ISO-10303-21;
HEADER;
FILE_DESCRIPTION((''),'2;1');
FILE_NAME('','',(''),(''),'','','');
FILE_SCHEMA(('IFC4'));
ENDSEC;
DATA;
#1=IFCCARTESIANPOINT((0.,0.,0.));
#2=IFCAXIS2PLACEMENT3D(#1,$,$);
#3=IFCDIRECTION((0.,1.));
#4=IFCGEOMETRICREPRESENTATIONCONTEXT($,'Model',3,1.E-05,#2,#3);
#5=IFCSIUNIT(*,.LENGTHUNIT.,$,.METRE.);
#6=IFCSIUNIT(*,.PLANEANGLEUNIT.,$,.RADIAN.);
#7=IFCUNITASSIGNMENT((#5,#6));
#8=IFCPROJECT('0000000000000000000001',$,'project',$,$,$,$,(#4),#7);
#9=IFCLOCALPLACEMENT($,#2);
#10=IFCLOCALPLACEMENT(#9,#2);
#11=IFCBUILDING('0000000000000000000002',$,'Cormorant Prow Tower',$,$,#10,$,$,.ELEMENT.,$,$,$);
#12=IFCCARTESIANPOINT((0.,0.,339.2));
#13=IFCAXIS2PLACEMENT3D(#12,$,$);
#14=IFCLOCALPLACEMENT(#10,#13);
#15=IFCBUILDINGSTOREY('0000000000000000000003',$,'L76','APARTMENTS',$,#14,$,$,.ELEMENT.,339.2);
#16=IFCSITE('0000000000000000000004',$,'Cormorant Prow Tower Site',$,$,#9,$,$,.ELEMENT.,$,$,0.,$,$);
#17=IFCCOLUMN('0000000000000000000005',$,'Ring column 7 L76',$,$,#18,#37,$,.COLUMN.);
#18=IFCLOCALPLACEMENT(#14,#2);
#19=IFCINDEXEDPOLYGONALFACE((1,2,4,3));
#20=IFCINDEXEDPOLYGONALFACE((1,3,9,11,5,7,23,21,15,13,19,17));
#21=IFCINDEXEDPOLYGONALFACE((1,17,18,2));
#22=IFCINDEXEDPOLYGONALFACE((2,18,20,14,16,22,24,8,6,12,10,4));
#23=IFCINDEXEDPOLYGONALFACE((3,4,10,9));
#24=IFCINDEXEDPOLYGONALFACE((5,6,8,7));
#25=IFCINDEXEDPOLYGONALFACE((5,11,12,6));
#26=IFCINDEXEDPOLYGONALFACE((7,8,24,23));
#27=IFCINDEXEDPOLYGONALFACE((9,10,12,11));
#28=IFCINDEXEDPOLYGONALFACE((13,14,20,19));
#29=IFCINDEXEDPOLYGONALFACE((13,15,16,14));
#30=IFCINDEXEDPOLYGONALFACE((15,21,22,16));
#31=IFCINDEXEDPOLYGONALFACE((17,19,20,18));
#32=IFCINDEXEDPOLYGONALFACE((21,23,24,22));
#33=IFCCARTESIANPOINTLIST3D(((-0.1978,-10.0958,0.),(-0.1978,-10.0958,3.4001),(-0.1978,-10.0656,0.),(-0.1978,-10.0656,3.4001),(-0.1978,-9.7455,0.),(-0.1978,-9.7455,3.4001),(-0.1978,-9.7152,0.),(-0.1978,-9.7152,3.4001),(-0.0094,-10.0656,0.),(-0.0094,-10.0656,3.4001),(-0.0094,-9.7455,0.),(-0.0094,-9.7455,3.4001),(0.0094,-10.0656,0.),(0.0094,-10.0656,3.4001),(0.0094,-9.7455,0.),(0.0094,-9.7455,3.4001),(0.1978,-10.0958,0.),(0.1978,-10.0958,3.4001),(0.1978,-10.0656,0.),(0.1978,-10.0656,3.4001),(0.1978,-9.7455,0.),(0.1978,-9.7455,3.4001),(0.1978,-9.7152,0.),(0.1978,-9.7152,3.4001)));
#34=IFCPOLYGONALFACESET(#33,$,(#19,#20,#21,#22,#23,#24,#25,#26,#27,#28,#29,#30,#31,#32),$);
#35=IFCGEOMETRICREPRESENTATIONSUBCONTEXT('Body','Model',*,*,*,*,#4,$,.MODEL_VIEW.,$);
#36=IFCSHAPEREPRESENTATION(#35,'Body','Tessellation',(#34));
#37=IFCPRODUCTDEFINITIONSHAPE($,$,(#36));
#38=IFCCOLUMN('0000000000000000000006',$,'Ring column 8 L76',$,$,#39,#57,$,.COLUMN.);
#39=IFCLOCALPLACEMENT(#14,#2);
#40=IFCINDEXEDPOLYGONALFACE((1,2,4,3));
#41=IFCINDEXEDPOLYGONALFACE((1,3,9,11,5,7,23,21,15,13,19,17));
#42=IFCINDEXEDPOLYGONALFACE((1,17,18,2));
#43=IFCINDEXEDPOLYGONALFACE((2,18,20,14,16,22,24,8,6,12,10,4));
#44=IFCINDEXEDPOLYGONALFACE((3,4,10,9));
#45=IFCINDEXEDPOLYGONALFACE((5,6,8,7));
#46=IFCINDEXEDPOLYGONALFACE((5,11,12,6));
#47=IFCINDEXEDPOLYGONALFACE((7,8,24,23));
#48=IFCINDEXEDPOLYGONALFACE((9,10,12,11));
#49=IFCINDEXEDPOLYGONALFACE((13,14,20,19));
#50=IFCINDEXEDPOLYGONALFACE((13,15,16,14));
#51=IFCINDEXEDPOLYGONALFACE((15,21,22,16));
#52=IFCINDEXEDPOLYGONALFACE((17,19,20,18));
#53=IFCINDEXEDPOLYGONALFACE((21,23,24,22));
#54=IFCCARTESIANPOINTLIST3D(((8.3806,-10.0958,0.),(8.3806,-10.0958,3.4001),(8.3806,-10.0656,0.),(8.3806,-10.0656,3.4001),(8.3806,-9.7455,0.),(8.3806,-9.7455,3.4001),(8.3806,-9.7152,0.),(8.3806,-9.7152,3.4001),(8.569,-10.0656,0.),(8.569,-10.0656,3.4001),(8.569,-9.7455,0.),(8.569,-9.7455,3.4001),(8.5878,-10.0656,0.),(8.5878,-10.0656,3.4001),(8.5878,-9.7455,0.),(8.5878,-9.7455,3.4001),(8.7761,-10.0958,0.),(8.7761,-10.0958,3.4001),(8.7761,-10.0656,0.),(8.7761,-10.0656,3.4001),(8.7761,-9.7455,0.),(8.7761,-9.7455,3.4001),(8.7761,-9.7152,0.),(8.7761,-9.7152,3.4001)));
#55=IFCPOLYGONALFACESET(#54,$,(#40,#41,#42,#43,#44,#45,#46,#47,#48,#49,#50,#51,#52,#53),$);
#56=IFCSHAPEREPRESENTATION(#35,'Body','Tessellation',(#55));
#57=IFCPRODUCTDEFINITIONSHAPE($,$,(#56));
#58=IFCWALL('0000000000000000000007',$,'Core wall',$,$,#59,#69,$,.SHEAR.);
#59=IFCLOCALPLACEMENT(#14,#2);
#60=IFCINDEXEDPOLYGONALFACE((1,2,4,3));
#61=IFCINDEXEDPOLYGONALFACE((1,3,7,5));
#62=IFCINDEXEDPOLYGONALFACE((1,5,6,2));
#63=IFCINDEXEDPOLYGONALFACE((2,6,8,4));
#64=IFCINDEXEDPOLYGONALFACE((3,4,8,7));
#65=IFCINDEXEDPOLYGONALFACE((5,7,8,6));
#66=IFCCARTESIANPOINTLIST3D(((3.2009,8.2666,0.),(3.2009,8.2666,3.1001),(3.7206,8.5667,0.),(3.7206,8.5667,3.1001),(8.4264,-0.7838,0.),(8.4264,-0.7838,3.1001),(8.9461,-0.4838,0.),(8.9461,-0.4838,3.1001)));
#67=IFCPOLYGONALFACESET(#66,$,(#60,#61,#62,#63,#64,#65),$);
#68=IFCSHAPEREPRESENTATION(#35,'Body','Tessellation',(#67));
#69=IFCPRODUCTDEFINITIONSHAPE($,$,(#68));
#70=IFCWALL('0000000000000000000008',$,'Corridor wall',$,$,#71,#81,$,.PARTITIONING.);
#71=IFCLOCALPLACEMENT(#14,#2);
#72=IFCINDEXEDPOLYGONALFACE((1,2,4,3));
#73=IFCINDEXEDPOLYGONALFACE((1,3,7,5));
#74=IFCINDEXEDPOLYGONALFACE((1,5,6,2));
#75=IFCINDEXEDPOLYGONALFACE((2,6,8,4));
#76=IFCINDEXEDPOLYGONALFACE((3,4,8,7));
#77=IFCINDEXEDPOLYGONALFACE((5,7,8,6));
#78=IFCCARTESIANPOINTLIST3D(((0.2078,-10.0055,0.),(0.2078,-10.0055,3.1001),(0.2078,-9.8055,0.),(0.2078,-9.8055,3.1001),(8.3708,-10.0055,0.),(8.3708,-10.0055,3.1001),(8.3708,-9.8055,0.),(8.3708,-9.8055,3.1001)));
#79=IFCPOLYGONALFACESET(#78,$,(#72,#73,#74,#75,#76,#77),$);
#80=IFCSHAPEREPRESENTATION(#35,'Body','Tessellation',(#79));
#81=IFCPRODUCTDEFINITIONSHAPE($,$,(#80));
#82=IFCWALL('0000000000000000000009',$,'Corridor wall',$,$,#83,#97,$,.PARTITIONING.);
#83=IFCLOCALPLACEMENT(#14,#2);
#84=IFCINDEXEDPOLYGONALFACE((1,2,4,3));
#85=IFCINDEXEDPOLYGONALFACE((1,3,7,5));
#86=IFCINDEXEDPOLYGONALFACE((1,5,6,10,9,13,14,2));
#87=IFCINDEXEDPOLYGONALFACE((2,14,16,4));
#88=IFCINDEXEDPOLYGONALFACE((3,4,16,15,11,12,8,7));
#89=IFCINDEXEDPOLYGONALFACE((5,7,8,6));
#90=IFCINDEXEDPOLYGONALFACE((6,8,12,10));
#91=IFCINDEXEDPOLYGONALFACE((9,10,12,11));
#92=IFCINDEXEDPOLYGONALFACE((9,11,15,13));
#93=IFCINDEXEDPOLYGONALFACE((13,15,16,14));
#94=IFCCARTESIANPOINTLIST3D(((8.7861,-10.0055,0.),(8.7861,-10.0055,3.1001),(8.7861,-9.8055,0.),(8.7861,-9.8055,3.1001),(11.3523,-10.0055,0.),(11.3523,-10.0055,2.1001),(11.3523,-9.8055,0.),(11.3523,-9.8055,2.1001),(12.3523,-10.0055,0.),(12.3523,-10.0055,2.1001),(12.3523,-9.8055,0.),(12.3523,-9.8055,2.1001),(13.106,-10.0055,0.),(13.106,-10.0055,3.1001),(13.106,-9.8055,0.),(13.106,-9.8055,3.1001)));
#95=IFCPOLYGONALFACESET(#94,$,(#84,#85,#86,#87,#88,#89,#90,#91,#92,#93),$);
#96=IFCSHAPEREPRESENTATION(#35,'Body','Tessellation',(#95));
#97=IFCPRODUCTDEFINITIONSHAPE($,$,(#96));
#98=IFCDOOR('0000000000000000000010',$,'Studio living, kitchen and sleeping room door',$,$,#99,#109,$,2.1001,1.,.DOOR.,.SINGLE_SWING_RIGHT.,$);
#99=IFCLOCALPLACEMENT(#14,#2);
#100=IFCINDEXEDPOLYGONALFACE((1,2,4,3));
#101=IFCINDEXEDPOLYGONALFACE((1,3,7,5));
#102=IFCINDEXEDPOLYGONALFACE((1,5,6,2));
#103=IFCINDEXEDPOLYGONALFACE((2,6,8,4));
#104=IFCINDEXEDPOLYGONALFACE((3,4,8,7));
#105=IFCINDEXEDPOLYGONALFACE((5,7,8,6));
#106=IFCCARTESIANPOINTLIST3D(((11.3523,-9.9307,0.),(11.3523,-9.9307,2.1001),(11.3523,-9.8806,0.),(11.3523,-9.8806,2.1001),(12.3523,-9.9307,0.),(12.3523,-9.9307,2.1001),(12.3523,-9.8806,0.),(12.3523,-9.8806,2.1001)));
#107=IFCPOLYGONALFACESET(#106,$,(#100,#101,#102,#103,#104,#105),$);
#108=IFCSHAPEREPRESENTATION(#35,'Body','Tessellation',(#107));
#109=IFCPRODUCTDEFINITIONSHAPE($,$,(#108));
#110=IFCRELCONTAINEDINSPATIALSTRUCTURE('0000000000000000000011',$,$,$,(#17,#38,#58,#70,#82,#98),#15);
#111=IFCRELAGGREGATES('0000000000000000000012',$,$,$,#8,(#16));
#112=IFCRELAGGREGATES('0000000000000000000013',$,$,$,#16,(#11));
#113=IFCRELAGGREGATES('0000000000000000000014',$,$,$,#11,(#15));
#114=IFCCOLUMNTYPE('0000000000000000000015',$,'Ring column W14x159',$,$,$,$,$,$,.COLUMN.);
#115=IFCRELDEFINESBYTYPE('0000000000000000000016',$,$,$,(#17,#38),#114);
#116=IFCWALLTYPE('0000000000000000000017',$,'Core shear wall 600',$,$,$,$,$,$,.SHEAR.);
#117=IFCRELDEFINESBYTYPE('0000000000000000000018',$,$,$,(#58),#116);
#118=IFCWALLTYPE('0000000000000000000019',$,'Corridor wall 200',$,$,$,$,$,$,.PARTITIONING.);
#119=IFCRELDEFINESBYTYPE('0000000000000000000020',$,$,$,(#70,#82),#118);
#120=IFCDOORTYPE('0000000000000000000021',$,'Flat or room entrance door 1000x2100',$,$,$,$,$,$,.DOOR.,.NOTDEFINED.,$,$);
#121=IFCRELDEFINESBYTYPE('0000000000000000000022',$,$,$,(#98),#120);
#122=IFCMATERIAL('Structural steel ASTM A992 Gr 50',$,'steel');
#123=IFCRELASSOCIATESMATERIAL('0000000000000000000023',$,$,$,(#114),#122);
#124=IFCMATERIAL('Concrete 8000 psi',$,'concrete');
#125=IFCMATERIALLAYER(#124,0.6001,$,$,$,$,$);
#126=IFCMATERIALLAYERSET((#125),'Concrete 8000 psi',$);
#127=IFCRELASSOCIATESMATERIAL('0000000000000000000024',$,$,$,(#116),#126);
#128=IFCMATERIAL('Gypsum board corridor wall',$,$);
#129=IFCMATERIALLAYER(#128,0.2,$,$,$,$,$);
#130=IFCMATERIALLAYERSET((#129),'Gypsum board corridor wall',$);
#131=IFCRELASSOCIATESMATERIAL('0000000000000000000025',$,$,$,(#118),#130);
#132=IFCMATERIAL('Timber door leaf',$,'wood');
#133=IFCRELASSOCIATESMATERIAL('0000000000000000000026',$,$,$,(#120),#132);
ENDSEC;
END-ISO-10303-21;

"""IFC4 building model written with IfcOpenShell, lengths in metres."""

from ifc_helpers import new_model, si_unit, direction, frame, frame_2d, origin, origin_2d, place, context, subcontext, project, spatial, rectangle, i_section, extrude, material, layer, layer_set, material_profile, profile_set, type_object, element, fill, save


model = new_model("IFC4")

# Units and contexts
model_context = context("Model", 3, precision=1e-05, world=origin(), true_north=direction((0.0, 1.0)))
body_context = subcontext(model_context, "Body", "Model", "MODEL_VIEW")
ifc_project = project(units=[si_unit("LENGTHUNIT", "METRE"), si_unit("PLANEANGLEUNIT", "RADIAN")], contexts=[model_context])

# Site, building, storey
site_placement = place(None, origin())
site = spatial("IfcSite", under=ifc_project, at=site_placement, Name="Cormorant Prow Tower Site", CompositionType="ELEMENT", RefElevation=0.0)
building_placement = place(site_placement, origin())
building = spatial("IfcBuilding", under=site, at=building_placement, Name="Cormorant Prow Tower", CompositionType="ELEMENT")
storey_placement = place(building_placement, frame((0.0, 0.0, 339.2)))
storey = spatial("IfcBuildingStorey", under=building, at=storey_placement, Name="L76", Description="APARTMENTS", CompositionType="ELEMENT", Elevation=339.2)

# Columns
ifc_material_1 = material(Name="Structural steel ASTM A992 Gr 50", Category="steel")
ifc_material_profile = material_profile(ifc_material_1, i_section(OverallWidth=0.3955, OverallDepth=0.3806, WebThickness=0.0188, FlangeThickness=0.0303, at=origin_2d()), Name="W14x159")
ifc_profile_set = profile_set([ifc_material_profile], Name="Structural steel ASTM A992 Gr 50")
column_type = type_object("IfcColumnType", Name="Ring column W14x159", PredefinedType="COLUMN", material=ifc_profile_set)
for number, where, z_axis, x_axis, name in (
    (1, (0.0, -9.9055, 0.0), (0.0, 0.0, 1.0), (1.0, 0.0, 0.0), "Ring column 7 L76"),
    (2, (8.5784, -9.9055, 0.0), (0.0, 0.0, 1.0), (1.0, 0.0, 0.0), "Ring column 8 L76"),
):
    element("IfcColumn", number, at=place(storey_placement, frame(where, z_axis=z_axis, x_axis=x_axis)), inside=storey, type_object=column_type, Name=name, PredefinedType="COLUMN", context=body_context, shape_type="SweptSolid", body=[
        extrude(i_section(OverallWidth=0.3955, OverallDepth=0.3806, WebThickness=0.0188, FlangeThickness=0.0303, at=origin_2d()), origin(), (0.0, 0.0, 1.0), 3.4001),
    ])

# Walls
ifc_material_2 = material(Name="Concrete 8000 psi", Category="concrete")
ifc_layer_1 = layer(ifc_material_2, 0.6001)
ifc_layer_set_1 = layer_set([ifc_layer_1], Name="Concrete 8000 psi")
wall_type_1 = type_object("IfcWallType", Name="Core shear wall 600", PredefinedType="SHEAR", material=ifc_layer_set_1)
wall_1_placement = place(storey_placement, frame((8.6863, -0.6338, 0.0), z_axis=(0.0, 0.0, 1.0), x_axis=(-0.500018, 0.866015, 0.0)))
element("IfcWall", 3, at=wall_1_placement, inside=storey, type_object=wall_type_1, Name="Core wall", PredefinedType="SHEAR", context=body_context, shape_type="SweptSolid", body=[
    extrude(rectangle(XDim=10.4507, YDim=0.6001, at=frame_2d((5.2253, 0.0))), origin(), (0.0, 0.0, 1.0), 3.1001),
])
ifc_material_3 = material(Name="Gypsum board corridor wall")
ifc_layer_2 = layer(ifc_material_3, 0.2)
ifc_layer_set_2 = layer_set([ifc_layer_2], Name="Gypsum board corridor wall")
wall_type_2 = type_object("IfcWallType", Name="Corridor wall 200", PredefinedType="PARTITIONING", material=ifc_layer_set_2)
wall_2_placement = place(storey_placement, frame((0.2078, -9.9055, 0.0), z_axis=(0.0, 0.0, 1.0), x_axis=(1.0, 0.0, 0.0)))
element("IfcWall", 4, at=wall_2_placement, inside=storey, type_object=wall_type_2, Name="Corridor wall", PredefinedType="PARTITIONING", context=body_context, shape_type="SweptSolid", body=[
    extrude(rectangle(XDim=8.1631, YDim=0.2, at=frame_2d((4.0815, 0.0))), origin(), (0.0, 0.0, 1.0), 3.1001),
])

# Wall, opening, door
wall_3_placement = place(storey_placement, frame((8.7861, -9.9055, 0.0), z_axis=(0.0, 0.0, 1.0), x_axis=(1.0, 0.0, 0.0)))
wall_3 = element("IfcWall", 5, at=wall_3_placement, inside=storey, type_object=wall_type_2, Name="Corridor wall", PredefinedType="PARTITIONING", context=body_context, shape_type="SweptSolid", body=[
    extrude(rectangle(XDim=4.3198, YDim=0.2, at=frame_2d((2.1599, 0.0))), origin(), (0.0, 0.0, 1.0), 3.1001),
])
opening_1_placement = place(wall_3_placement, frame((2.5662, 0.0, 0.0)))
opening_1 = element("IfcOpeningElement", 6, at=opening_1_placement, cuts=wall_3, PredefinedType="OPENING", context=body_context, shape_type="SweptSolid", body=[
    extrude(rectangle(XDim=1.0, YDim=2.1001, at=frame_2d((0.5, 1.05))), frame((0.0, 0.1099, 0.0), z_axis=(0.0, -1.0, 0.0), x_axis=(1.0, 0.0, 0.0)), (0.0, 0.0, 1.0), 0.22),
])
ifc_material_4 = material(Name="Timber door leaf", Category="wood")
door_type_1 = type_object("IfcDoorType", Name="Flat or room entrance door 1000x2100", OperationType="NOTDEFINED", PredefinedType="DOOR", material=ifc_material_4)
door_1_placement = place(opening_1_placement, origin())
door_1 = element("IfcDoor", 7, at=door_1_placement, inside=storey, type_object=door_type_1, Name="Studio living, kitchen and sleeping room door", OperationType="SINGLE_SWING_RIGHT", OverallHeight=2.1001, OverallWidth=1.0, PredefinedType="DOOR", context=body_context, shape_type="SweptSolid", body=[
    extrude(rectangle(XDim=1.0, YDim=2.1001, at=frame_2d((0.5, 1.05))), frame((0.0, 0.0249, 0.0), z_axis=(0.0, -1.0, 0.0), x_axis=(1.0, 0.0, 0.0)), (0.0, 0.0, 1.0), 0.05),
])
fill(opening_1, door_1)

save(model, "model.ifc")
